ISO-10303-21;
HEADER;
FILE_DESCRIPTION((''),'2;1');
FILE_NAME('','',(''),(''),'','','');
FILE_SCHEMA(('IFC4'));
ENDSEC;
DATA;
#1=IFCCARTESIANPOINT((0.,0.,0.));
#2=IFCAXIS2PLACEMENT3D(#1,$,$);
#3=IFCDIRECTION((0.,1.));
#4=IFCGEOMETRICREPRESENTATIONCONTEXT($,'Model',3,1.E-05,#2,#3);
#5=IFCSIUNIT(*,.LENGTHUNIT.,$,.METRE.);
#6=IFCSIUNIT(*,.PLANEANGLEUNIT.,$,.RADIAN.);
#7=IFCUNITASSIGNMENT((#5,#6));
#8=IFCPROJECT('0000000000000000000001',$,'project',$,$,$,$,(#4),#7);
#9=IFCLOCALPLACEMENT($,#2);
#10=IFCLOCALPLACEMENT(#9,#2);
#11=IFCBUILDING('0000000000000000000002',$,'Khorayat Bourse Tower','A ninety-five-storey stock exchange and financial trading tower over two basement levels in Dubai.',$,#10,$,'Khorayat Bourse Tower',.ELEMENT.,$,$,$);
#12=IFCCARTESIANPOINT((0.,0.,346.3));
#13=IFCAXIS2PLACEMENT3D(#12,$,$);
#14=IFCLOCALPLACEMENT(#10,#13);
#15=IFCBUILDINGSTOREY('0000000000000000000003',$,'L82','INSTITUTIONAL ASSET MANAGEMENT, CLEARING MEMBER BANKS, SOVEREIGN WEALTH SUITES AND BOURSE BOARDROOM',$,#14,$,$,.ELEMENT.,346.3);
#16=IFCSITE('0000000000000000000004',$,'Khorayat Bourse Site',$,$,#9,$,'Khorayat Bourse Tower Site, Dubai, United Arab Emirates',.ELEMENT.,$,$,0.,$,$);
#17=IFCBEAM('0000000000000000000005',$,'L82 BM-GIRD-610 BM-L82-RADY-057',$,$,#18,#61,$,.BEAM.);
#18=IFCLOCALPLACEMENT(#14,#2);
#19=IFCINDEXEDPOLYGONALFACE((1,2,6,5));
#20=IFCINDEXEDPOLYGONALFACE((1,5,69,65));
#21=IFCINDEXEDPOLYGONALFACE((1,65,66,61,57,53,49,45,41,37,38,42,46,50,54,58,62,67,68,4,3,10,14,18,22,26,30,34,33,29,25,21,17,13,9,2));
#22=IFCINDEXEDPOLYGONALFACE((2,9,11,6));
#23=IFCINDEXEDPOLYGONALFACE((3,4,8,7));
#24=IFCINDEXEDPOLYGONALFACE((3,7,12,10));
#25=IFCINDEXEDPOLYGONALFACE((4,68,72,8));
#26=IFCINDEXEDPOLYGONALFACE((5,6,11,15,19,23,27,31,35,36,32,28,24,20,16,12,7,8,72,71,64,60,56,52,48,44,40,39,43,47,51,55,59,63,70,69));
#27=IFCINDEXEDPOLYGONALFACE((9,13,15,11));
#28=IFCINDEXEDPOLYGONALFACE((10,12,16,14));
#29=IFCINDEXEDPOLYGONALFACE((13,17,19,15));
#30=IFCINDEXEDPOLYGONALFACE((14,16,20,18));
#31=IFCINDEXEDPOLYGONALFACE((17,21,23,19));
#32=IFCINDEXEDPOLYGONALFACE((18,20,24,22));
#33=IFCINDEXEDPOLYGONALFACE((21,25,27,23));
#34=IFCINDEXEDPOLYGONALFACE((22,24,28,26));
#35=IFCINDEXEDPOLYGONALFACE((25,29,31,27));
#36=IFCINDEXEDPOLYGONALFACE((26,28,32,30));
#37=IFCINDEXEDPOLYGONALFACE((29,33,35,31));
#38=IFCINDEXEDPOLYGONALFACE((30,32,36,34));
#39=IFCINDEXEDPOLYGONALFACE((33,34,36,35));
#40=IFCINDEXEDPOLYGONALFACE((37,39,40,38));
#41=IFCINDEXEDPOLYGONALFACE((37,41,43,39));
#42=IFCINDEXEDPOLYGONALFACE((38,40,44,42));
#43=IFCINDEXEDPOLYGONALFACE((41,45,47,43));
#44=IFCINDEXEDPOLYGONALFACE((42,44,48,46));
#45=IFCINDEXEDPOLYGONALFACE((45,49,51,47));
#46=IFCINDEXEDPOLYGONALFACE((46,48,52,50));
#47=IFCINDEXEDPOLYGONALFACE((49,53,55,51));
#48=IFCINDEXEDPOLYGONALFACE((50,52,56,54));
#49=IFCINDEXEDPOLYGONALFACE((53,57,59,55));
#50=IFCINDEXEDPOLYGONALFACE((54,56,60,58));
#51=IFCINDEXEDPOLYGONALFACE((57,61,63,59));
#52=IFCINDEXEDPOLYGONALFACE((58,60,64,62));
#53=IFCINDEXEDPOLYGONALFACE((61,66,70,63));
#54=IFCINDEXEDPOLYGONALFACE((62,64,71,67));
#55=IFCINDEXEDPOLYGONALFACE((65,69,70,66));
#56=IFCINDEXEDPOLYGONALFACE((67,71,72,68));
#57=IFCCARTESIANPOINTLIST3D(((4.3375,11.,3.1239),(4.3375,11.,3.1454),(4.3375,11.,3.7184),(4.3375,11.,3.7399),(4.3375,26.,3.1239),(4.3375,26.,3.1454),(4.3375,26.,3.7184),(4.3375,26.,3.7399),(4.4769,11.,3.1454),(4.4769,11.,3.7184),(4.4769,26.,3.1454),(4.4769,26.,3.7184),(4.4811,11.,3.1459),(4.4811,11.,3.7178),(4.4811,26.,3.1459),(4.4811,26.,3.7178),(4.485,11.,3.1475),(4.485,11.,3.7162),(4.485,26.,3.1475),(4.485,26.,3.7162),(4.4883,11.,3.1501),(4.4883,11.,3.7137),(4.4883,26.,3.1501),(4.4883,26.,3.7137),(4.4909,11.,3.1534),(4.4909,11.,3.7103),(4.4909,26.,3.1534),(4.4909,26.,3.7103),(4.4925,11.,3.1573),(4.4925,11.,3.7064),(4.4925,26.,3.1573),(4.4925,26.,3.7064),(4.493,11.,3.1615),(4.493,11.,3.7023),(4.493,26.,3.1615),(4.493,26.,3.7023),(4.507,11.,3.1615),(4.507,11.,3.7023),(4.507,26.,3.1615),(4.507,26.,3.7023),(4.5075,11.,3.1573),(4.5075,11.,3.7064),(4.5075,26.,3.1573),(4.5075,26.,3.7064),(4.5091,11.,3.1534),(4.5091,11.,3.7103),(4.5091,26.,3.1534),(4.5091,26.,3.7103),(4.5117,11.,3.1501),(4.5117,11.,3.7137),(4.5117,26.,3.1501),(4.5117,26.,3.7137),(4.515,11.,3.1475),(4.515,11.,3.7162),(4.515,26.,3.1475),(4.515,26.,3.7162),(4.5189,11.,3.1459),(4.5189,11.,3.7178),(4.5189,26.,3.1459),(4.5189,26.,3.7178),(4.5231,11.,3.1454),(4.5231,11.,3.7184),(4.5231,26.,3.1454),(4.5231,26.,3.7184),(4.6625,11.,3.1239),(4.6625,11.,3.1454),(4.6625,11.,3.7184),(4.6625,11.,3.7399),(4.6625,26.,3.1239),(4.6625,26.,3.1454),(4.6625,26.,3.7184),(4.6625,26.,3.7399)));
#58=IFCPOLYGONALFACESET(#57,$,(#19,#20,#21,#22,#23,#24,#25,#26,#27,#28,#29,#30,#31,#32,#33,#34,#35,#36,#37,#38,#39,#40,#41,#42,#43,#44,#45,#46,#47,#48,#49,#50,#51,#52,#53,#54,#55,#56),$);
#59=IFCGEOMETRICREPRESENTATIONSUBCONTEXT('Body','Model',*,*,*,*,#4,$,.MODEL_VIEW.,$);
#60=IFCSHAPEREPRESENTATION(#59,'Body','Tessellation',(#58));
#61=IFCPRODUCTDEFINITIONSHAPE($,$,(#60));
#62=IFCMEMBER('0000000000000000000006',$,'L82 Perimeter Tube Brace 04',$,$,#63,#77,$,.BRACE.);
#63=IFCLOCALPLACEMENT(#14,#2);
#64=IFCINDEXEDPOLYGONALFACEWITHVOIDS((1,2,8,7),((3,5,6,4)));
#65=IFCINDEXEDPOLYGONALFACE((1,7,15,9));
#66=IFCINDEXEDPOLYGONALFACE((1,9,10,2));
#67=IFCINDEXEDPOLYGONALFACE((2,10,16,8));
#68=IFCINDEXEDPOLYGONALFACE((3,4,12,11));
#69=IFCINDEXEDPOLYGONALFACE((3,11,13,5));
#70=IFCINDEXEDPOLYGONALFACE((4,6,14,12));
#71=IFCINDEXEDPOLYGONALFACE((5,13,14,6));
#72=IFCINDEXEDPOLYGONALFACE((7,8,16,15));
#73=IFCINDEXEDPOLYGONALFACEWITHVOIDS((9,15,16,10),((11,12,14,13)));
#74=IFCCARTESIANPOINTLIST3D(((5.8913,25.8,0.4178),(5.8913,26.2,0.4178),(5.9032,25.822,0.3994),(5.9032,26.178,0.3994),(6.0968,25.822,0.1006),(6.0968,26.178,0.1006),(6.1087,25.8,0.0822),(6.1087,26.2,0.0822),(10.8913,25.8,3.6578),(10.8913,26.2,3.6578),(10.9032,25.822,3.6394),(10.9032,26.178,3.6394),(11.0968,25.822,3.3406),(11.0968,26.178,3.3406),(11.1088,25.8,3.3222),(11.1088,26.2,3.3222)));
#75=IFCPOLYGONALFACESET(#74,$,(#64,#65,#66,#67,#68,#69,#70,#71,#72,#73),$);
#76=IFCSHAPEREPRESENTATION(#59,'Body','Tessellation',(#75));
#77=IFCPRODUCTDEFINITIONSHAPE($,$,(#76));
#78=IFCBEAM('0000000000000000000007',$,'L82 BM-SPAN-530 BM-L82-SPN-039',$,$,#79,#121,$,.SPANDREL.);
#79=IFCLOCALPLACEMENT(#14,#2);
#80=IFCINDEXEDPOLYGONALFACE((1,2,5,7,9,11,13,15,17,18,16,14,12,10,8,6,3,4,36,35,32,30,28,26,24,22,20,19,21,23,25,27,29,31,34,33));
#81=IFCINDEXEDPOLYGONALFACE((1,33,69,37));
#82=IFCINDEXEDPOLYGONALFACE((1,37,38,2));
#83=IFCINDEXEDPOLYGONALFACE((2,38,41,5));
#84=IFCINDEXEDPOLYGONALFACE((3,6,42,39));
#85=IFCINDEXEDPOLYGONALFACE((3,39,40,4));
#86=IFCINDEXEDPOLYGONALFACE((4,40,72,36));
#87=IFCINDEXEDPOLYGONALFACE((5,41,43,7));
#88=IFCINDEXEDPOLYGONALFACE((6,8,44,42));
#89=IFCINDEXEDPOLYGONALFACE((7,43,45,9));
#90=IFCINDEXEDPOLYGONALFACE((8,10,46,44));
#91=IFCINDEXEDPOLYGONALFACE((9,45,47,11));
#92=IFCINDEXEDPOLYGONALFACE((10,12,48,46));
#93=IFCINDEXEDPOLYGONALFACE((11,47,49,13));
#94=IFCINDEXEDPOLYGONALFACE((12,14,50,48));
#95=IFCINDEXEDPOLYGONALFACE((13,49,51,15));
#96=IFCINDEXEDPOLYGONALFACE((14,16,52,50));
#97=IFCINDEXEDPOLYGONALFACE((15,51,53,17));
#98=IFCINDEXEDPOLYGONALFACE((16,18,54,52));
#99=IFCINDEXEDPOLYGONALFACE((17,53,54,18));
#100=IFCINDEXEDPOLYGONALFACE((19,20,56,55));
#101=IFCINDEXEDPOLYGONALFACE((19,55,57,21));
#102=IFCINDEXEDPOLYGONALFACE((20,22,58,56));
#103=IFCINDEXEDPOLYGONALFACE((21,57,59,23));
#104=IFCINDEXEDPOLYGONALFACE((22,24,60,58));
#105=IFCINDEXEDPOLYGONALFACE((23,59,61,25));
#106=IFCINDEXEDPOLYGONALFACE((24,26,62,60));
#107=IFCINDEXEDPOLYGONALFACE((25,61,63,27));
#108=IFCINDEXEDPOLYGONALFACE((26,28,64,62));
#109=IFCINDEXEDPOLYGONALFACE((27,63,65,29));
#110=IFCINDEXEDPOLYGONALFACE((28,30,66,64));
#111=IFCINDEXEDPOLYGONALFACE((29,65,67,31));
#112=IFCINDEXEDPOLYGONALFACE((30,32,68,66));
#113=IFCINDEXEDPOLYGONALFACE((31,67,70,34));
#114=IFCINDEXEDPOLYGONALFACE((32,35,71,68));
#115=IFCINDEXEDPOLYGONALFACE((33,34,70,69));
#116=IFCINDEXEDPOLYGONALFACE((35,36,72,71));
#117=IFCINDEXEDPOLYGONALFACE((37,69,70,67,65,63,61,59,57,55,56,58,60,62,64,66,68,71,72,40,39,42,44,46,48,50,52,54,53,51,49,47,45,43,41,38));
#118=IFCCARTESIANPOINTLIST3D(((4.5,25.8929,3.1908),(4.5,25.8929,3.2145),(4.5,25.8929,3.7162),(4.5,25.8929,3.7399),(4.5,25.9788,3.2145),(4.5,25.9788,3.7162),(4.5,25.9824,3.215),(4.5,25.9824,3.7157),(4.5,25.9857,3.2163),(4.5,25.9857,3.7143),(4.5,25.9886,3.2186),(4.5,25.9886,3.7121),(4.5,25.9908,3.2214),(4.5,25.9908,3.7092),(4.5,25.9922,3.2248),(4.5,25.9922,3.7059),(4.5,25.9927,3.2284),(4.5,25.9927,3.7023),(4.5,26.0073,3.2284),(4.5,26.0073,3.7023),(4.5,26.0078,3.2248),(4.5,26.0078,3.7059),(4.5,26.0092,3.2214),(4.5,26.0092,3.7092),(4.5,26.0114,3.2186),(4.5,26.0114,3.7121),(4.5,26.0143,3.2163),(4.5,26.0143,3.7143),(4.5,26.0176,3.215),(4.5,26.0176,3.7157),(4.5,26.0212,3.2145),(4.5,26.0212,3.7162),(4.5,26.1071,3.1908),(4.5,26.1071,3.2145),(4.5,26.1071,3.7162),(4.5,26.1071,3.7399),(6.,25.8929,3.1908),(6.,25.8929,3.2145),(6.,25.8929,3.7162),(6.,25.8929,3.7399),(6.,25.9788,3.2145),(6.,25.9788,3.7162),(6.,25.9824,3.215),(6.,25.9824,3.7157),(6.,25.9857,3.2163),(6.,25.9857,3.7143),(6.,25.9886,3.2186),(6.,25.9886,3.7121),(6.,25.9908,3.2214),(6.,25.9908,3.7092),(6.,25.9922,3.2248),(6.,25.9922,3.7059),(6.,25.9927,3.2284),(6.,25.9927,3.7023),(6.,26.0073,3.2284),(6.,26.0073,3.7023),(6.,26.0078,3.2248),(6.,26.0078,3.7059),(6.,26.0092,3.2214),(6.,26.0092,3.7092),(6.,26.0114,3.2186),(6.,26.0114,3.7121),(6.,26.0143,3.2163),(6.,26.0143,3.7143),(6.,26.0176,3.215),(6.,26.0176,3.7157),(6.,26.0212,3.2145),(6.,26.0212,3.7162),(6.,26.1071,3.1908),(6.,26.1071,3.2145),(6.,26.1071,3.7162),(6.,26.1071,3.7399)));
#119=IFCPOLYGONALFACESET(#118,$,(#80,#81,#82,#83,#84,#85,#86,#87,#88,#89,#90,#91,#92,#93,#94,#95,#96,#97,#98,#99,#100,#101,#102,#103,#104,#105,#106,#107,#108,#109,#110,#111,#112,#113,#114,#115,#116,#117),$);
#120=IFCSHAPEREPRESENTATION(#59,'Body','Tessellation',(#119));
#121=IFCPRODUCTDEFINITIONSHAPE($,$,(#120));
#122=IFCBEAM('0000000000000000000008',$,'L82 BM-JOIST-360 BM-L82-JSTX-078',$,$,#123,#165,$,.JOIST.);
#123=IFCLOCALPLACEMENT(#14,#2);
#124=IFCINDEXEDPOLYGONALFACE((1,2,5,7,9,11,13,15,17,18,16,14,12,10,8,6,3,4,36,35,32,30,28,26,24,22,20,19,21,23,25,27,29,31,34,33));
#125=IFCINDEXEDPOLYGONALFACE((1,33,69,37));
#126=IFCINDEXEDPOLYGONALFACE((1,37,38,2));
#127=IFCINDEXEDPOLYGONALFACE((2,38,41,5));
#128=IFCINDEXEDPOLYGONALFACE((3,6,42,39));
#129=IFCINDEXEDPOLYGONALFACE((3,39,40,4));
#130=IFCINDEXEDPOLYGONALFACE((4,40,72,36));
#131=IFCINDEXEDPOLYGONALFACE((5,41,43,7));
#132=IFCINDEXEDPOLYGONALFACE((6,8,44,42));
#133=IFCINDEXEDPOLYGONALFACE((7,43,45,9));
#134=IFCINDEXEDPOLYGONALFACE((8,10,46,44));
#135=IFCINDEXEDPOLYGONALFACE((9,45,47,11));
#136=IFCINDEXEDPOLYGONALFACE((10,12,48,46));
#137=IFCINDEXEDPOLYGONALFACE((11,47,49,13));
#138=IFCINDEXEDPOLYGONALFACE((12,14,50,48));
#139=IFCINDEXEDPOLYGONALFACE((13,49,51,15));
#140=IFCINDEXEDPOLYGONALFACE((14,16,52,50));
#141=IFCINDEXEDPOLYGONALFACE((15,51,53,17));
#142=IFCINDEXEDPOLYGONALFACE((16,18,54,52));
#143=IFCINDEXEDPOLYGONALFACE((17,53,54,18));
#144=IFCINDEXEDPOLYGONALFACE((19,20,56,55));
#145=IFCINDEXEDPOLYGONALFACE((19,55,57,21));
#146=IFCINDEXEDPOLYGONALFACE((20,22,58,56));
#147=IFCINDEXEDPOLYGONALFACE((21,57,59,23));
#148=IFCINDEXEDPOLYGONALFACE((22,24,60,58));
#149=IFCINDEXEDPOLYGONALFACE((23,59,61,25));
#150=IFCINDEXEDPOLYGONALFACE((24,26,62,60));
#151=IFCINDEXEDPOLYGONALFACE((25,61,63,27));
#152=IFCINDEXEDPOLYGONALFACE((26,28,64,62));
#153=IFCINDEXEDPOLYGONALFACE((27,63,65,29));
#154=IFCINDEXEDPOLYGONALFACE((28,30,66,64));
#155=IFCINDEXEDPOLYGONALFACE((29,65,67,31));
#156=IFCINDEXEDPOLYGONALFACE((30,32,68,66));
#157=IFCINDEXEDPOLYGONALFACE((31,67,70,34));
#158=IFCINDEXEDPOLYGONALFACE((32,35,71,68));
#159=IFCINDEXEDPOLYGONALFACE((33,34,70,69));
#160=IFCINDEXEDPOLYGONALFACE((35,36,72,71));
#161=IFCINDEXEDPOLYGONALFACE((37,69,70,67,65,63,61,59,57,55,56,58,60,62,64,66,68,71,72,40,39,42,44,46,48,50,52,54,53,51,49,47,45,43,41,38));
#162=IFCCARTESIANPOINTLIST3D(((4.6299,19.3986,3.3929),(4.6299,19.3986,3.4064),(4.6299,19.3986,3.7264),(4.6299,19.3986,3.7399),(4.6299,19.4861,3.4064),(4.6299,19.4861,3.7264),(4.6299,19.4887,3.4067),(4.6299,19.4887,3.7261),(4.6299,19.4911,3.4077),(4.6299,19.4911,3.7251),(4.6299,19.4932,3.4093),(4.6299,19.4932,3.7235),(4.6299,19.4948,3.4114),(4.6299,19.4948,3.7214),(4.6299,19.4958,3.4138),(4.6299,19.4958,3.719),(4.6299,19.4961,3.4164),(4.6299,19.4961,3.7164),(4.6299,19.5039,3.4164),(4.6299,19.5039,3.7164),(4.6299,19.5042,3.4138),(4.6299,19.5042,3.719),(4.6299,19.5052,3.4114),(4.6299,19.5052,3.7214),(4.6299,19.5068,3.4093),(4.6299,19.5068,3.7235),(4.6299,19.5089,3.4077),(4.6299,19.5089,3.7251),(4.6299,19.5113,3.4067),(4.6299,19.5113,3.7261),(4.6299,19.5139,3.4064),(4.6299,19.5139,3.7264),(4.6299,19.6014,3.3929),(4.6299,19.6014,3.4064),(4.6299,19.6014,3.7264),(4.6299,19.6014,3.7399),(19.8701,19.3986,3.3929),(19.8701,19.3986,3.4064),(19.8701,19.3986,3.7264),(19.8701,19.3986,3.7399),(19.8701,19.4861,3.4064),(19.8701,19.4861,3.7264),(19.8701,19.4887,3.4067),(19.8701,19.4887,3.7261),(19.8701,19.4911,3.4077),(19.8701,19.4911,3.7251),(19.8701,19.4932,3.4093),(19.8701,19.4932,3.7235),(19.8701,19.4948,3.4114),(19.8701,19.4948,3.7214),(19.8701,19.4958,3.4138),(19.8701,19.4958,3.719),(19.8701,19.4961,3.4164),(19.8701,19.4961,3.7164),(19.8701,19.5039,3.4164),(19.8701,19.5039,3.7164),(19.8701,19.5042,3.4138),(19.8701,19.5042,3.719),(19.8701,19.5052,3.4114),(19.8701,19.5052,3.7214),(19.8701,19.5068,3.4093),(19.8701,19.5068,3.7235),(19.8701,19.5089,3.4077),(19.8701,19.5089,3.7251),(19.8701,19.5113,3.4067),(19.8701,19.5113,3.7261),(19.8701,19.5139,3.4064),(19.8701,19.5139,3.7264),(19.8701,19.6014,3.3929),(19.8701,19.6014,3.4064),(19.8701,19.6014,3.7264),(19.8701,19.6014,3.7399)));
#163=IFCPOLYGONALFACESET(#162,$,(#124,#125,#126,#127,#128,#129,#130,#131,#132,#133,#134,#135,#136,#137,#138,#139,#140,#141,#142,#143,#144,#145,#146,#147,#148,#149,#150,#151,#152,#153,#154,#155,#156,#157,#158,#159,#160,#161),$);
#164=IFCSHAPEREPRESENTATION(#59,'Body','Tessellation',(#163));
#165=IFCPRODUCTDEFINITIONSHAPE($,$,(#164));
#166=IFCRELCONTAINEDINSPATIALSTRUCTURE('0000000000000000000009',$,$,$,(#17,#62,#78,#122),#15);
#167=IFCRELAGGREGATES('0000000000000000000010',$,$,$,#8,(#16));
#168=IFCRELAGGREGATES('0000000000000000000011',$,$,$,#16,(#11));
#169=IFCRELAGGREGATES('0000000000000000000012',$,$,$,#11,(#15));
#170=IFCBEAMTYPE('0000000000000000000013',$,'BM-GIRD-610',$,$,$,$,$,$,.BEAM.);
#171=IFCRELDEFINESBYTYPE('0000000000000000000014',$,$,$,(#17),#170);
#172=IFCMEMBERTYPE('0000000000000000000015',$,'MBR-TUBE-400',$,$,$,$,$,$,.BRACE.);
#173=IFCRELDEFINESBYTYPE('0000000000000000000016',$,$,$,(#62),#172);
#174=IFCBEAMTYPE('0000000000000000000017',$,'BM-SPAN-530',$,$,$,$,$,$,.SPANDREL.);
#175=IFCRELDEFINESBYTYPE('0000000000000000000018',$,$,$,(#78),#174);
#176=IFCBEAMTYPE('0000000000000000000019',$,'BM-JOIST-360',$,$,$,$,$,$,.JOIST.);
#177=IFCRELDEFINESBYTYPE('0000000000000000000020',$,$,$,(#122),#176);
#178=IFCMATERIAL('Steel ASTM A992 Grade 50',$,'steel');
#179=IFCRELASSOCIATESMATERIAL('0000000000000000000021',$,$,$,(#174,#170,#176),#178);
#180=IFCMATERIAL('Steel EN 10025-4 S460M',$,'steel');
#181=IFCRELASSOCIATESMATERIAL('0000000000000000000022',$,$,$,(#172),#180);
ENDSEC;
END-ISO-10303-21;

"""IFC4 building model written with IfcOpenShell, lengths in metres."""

from ifc_helpers import new_model, si_unit, direction, frame, origin, origin_2d, place, context, subcontext, project, spatial, hollow_rectangle, i_section, extrude, source, transform, mapped, material, material_profile, profile_set, type_object, element, save


model = new_model("IFC4")

# Units and contexts
model_context = context("Model", 3, precision=1e-05, world=origin(), true_north=direction((0.0, 1.0)))
body_context = subcontext(model_context, "Body", "Model", "MODEL_VIEW")
ifc_project = project(units=[si_unit("LENGTHUNIT", "METRE"), si_unit("PLANEANGLEUNIT", "RADIAN")], contexts=[model_context])

# Site, building, storey
site_placement = place(None, origin())
site = spatial("IfcSite", under=ifc_project, at=site_placement, Name="Khorayat Bourse Site", LongName="Khorayat Bourse Tower Site, Dubai, United Arab Emirates", CompositionType="ELEMENT", RefElevation=0.0)
building_placement = place(site_placement, origin())
building = spatial("IfcBuilding", under=site, at=building_placement, Name="Khorayat Bourse Tower", Description="A ninety-five-storey stock exchange and financial trading tower over two basement levels in Dubai.", LongName="Khorayat Bourse Tower", CompositionType="ELEMENT")
storey_placement = place(building_placement, frame((0.0, 0.0, 346.3)))
storey = spatial("IfcBuildingStorey", under=building, at=storey_placement, Name="L82", Description="INSTITUTIONAL ASSET MANAGEMENT, CLEARING MEMBER BANKS, SOVEREIGN WEALTH SUITES AND BOURSE BOARDROOM", CompositionType="ELEMENT", Elevation=346.3)

# Beam
ifc_material_1 = material(Name="Steel ASTM A992 Grade 50", Category="steel")
ifc_material_profile_1 = material_profile(ifc_material_1, i_section(OverallWidth=0.2141, OverallDepth=0.5491, WebThickness=0.0146, FlangeThickness=0.0237, FilletRadius=0.0139, at=origin_2d()), Name="W530X138")
ifc_profile_set_1 = profile_set([ifc_material_profile_1], Name="Steel ASTM A992 Grade 50")
beam_type_1 = type_object("IfcBeamType", Name="BM-SPAN-530", PredefinedType="SPANDREL", material=ifc_profile_set_1)
ifc_material_profile_2 = material_profile(ifc_material_1, i_section(OverallWidth=0.325, OverallDepth=0.616, WebThickness=0.0139, FlangeThickness=0.0215, FilletRadius=0.0161, at=origin_2d()), Name="W610X174")
ifc_profile_set_2 = profile_set([ifc_material_profile_2], Name="Steel ASTM A992 Grade 50")
beam_type_2 = type_object("IfcBeamType", Name="BM-GIRD-610", PredefinedType="BEAM", material=ifc_profile_set_2)
shared_shape_1 = source(origin(), body_context, "Body", "SweptSolid", [
    extrude(i_section(OverallWidth=0.325, OverallDepth=0.616, WebThickness=0.0139, FlangeThickness=0.0215, FilletRadius=0.0161, at=origin_2d()), origin(), (0.0, 0.0, 1.0), 15.0),
])
beam_1_placement = place(storey_placement, frame((4.5, 11.0, 3.4319), z_axis=(0.0, 1.0, 0.0), x_axis=(-1.0, 0.0, 0.0)))
element("IfcBeam", 1, at=beam_1_placement, inside=storey, type_object=beam_type_2, Name="L82 BM-GIRD-610 BM-L82-RADY-057", PredefinedType="BEAM", context=body_context, shape_type="MappedRepresentation", body=[
    mapped(shared_shape_1, transform((0.0, 0.0, 0.0), scale=1.0)),
])

# Member
ifc_material_2 = material(Name="Steel EN 10025-4 S460M", Category="steel")
ifc_material_profile_3 = material_profile(ifc_material_2, hollow_rectangle(XDim=0.3999, YDim=0.3999, WallThickness=0.022, at=origin_2d()), Name="HSS 400x400x22")
ifc_profile_set_3 = profile_set([ifc_material_profile_3], Name="Steel EN 10025-4 S460M")
member_type_1 = type_object("IfcMemberType", Name="MBR-TUBE-400", PredefinedType="BRACE", material=ifc_profile_set_3)
shared_shape_2 = source(origin(), body_context, "Body", "SweptSolid", [
    extrude(hollow_rectangle(XDim=0.3999, YDim=0.3999, WallThickness=0.022, at=origin_2d()), origin(), (0.0, 0.0, 1.0), 5.958),
])
member_1_placement = place(storey_placement, frame((6.0, 26.0, 0.25), z_axis=(0.83921, 0.0, 0.543807), x_axis=(0.0, 1.0, 0.0)))
element("IfcMember", 2, at=member_1_placement, inside=storey, type_object=member_type_1, Name="L82 Perimeter Tube Brace 04", PredefinedType="BRACE", context=body_context, shape_type="MappedRepresentation", body=[
    mapped(shared_shape_2, transform((0.0, 0.0, 0.0), scale=1.0)),
])

# Beams
shared_shape_3 = source(origin(), body_context, "Body", "SweptSolid", [
    extrude(i_section(OverallWidth=0.2141, OverallDepth=0.5491, WebThickness=0.0146, FlangeThickness=0.0237, FilletRadius=0.0139, at=origin_2d()), origin(), (0.0, 0.0, 1.0), 1.5),
])
beam_2_placement = place(storey_placement, frame((4.5, 26.0, 3.4653), z_axis=(1.0, 0.0, 0.0), x_axis=(0.0, 1.0, 0.0)))
element("IfcBeam", 3, at=beam_2_placement, inside=storey, type_object=beam_type_1, Name="L82 BM-SPAN-530 BM-L82-SPN-039", PredefinedType="SPANDREL", context=body_context, shape_type="MappedRepresentation", body=[
    mapped(shared_shape_3, transform((0.0, 0.0, 0.0), scale=1.0)),
])
ifc_material_profile_4 = material_profile(ifc_material_1, i_section(OverallWidth=0.2029, OverallDepth=0.3469, WebThickness=0.0078, FlangeThickness=0.0134, FilletRadius=0.01, at=origin_2d()), Name="W360X64")
ifc_profile_set_4 = profile_set([ifc_material_profile_4], Name="Steel ASTM A992 Grade 50")
beam_type_3 = type_object("IfcBeamType", Name="BM-JOIST-360", PredefinedType="JOIST", material=ifc_profile_set_4)
shared_shape_4 = source(origin(), body_context, "Body", "SweptSolid", [
    extrude(i_section(OverallWidth=0.2029, OverallDepth=0.3469, WebThickness=0.0078, FlangeThickness=0.0134, FilletRadius=0.01, at=origin_2d()), origin(), (0.0, 0.0, 1.0), 15.2402),
])
beam_3_placement = place(storey_placement, frame((4.6299, 19.5, 3.5664), z_axis=(1.0, 0.0, 0.0), x_axis=(0.0, 1.0, 0.0)))
element("IfcBeam", 4, at=beam_3_placement, inside=storey, type_object=beam_type_3, Name="L82 BM-JOIST-360 BM-L82-JSTX-078", PredefinedType="JOIST", context=body_context, shape_type="MappedRepresentation", body=[
    mapped(shared_shape_4, transform((0.0, 0.0, 0.0), scale=1.0)),
])

save(model, "model.ifc")
